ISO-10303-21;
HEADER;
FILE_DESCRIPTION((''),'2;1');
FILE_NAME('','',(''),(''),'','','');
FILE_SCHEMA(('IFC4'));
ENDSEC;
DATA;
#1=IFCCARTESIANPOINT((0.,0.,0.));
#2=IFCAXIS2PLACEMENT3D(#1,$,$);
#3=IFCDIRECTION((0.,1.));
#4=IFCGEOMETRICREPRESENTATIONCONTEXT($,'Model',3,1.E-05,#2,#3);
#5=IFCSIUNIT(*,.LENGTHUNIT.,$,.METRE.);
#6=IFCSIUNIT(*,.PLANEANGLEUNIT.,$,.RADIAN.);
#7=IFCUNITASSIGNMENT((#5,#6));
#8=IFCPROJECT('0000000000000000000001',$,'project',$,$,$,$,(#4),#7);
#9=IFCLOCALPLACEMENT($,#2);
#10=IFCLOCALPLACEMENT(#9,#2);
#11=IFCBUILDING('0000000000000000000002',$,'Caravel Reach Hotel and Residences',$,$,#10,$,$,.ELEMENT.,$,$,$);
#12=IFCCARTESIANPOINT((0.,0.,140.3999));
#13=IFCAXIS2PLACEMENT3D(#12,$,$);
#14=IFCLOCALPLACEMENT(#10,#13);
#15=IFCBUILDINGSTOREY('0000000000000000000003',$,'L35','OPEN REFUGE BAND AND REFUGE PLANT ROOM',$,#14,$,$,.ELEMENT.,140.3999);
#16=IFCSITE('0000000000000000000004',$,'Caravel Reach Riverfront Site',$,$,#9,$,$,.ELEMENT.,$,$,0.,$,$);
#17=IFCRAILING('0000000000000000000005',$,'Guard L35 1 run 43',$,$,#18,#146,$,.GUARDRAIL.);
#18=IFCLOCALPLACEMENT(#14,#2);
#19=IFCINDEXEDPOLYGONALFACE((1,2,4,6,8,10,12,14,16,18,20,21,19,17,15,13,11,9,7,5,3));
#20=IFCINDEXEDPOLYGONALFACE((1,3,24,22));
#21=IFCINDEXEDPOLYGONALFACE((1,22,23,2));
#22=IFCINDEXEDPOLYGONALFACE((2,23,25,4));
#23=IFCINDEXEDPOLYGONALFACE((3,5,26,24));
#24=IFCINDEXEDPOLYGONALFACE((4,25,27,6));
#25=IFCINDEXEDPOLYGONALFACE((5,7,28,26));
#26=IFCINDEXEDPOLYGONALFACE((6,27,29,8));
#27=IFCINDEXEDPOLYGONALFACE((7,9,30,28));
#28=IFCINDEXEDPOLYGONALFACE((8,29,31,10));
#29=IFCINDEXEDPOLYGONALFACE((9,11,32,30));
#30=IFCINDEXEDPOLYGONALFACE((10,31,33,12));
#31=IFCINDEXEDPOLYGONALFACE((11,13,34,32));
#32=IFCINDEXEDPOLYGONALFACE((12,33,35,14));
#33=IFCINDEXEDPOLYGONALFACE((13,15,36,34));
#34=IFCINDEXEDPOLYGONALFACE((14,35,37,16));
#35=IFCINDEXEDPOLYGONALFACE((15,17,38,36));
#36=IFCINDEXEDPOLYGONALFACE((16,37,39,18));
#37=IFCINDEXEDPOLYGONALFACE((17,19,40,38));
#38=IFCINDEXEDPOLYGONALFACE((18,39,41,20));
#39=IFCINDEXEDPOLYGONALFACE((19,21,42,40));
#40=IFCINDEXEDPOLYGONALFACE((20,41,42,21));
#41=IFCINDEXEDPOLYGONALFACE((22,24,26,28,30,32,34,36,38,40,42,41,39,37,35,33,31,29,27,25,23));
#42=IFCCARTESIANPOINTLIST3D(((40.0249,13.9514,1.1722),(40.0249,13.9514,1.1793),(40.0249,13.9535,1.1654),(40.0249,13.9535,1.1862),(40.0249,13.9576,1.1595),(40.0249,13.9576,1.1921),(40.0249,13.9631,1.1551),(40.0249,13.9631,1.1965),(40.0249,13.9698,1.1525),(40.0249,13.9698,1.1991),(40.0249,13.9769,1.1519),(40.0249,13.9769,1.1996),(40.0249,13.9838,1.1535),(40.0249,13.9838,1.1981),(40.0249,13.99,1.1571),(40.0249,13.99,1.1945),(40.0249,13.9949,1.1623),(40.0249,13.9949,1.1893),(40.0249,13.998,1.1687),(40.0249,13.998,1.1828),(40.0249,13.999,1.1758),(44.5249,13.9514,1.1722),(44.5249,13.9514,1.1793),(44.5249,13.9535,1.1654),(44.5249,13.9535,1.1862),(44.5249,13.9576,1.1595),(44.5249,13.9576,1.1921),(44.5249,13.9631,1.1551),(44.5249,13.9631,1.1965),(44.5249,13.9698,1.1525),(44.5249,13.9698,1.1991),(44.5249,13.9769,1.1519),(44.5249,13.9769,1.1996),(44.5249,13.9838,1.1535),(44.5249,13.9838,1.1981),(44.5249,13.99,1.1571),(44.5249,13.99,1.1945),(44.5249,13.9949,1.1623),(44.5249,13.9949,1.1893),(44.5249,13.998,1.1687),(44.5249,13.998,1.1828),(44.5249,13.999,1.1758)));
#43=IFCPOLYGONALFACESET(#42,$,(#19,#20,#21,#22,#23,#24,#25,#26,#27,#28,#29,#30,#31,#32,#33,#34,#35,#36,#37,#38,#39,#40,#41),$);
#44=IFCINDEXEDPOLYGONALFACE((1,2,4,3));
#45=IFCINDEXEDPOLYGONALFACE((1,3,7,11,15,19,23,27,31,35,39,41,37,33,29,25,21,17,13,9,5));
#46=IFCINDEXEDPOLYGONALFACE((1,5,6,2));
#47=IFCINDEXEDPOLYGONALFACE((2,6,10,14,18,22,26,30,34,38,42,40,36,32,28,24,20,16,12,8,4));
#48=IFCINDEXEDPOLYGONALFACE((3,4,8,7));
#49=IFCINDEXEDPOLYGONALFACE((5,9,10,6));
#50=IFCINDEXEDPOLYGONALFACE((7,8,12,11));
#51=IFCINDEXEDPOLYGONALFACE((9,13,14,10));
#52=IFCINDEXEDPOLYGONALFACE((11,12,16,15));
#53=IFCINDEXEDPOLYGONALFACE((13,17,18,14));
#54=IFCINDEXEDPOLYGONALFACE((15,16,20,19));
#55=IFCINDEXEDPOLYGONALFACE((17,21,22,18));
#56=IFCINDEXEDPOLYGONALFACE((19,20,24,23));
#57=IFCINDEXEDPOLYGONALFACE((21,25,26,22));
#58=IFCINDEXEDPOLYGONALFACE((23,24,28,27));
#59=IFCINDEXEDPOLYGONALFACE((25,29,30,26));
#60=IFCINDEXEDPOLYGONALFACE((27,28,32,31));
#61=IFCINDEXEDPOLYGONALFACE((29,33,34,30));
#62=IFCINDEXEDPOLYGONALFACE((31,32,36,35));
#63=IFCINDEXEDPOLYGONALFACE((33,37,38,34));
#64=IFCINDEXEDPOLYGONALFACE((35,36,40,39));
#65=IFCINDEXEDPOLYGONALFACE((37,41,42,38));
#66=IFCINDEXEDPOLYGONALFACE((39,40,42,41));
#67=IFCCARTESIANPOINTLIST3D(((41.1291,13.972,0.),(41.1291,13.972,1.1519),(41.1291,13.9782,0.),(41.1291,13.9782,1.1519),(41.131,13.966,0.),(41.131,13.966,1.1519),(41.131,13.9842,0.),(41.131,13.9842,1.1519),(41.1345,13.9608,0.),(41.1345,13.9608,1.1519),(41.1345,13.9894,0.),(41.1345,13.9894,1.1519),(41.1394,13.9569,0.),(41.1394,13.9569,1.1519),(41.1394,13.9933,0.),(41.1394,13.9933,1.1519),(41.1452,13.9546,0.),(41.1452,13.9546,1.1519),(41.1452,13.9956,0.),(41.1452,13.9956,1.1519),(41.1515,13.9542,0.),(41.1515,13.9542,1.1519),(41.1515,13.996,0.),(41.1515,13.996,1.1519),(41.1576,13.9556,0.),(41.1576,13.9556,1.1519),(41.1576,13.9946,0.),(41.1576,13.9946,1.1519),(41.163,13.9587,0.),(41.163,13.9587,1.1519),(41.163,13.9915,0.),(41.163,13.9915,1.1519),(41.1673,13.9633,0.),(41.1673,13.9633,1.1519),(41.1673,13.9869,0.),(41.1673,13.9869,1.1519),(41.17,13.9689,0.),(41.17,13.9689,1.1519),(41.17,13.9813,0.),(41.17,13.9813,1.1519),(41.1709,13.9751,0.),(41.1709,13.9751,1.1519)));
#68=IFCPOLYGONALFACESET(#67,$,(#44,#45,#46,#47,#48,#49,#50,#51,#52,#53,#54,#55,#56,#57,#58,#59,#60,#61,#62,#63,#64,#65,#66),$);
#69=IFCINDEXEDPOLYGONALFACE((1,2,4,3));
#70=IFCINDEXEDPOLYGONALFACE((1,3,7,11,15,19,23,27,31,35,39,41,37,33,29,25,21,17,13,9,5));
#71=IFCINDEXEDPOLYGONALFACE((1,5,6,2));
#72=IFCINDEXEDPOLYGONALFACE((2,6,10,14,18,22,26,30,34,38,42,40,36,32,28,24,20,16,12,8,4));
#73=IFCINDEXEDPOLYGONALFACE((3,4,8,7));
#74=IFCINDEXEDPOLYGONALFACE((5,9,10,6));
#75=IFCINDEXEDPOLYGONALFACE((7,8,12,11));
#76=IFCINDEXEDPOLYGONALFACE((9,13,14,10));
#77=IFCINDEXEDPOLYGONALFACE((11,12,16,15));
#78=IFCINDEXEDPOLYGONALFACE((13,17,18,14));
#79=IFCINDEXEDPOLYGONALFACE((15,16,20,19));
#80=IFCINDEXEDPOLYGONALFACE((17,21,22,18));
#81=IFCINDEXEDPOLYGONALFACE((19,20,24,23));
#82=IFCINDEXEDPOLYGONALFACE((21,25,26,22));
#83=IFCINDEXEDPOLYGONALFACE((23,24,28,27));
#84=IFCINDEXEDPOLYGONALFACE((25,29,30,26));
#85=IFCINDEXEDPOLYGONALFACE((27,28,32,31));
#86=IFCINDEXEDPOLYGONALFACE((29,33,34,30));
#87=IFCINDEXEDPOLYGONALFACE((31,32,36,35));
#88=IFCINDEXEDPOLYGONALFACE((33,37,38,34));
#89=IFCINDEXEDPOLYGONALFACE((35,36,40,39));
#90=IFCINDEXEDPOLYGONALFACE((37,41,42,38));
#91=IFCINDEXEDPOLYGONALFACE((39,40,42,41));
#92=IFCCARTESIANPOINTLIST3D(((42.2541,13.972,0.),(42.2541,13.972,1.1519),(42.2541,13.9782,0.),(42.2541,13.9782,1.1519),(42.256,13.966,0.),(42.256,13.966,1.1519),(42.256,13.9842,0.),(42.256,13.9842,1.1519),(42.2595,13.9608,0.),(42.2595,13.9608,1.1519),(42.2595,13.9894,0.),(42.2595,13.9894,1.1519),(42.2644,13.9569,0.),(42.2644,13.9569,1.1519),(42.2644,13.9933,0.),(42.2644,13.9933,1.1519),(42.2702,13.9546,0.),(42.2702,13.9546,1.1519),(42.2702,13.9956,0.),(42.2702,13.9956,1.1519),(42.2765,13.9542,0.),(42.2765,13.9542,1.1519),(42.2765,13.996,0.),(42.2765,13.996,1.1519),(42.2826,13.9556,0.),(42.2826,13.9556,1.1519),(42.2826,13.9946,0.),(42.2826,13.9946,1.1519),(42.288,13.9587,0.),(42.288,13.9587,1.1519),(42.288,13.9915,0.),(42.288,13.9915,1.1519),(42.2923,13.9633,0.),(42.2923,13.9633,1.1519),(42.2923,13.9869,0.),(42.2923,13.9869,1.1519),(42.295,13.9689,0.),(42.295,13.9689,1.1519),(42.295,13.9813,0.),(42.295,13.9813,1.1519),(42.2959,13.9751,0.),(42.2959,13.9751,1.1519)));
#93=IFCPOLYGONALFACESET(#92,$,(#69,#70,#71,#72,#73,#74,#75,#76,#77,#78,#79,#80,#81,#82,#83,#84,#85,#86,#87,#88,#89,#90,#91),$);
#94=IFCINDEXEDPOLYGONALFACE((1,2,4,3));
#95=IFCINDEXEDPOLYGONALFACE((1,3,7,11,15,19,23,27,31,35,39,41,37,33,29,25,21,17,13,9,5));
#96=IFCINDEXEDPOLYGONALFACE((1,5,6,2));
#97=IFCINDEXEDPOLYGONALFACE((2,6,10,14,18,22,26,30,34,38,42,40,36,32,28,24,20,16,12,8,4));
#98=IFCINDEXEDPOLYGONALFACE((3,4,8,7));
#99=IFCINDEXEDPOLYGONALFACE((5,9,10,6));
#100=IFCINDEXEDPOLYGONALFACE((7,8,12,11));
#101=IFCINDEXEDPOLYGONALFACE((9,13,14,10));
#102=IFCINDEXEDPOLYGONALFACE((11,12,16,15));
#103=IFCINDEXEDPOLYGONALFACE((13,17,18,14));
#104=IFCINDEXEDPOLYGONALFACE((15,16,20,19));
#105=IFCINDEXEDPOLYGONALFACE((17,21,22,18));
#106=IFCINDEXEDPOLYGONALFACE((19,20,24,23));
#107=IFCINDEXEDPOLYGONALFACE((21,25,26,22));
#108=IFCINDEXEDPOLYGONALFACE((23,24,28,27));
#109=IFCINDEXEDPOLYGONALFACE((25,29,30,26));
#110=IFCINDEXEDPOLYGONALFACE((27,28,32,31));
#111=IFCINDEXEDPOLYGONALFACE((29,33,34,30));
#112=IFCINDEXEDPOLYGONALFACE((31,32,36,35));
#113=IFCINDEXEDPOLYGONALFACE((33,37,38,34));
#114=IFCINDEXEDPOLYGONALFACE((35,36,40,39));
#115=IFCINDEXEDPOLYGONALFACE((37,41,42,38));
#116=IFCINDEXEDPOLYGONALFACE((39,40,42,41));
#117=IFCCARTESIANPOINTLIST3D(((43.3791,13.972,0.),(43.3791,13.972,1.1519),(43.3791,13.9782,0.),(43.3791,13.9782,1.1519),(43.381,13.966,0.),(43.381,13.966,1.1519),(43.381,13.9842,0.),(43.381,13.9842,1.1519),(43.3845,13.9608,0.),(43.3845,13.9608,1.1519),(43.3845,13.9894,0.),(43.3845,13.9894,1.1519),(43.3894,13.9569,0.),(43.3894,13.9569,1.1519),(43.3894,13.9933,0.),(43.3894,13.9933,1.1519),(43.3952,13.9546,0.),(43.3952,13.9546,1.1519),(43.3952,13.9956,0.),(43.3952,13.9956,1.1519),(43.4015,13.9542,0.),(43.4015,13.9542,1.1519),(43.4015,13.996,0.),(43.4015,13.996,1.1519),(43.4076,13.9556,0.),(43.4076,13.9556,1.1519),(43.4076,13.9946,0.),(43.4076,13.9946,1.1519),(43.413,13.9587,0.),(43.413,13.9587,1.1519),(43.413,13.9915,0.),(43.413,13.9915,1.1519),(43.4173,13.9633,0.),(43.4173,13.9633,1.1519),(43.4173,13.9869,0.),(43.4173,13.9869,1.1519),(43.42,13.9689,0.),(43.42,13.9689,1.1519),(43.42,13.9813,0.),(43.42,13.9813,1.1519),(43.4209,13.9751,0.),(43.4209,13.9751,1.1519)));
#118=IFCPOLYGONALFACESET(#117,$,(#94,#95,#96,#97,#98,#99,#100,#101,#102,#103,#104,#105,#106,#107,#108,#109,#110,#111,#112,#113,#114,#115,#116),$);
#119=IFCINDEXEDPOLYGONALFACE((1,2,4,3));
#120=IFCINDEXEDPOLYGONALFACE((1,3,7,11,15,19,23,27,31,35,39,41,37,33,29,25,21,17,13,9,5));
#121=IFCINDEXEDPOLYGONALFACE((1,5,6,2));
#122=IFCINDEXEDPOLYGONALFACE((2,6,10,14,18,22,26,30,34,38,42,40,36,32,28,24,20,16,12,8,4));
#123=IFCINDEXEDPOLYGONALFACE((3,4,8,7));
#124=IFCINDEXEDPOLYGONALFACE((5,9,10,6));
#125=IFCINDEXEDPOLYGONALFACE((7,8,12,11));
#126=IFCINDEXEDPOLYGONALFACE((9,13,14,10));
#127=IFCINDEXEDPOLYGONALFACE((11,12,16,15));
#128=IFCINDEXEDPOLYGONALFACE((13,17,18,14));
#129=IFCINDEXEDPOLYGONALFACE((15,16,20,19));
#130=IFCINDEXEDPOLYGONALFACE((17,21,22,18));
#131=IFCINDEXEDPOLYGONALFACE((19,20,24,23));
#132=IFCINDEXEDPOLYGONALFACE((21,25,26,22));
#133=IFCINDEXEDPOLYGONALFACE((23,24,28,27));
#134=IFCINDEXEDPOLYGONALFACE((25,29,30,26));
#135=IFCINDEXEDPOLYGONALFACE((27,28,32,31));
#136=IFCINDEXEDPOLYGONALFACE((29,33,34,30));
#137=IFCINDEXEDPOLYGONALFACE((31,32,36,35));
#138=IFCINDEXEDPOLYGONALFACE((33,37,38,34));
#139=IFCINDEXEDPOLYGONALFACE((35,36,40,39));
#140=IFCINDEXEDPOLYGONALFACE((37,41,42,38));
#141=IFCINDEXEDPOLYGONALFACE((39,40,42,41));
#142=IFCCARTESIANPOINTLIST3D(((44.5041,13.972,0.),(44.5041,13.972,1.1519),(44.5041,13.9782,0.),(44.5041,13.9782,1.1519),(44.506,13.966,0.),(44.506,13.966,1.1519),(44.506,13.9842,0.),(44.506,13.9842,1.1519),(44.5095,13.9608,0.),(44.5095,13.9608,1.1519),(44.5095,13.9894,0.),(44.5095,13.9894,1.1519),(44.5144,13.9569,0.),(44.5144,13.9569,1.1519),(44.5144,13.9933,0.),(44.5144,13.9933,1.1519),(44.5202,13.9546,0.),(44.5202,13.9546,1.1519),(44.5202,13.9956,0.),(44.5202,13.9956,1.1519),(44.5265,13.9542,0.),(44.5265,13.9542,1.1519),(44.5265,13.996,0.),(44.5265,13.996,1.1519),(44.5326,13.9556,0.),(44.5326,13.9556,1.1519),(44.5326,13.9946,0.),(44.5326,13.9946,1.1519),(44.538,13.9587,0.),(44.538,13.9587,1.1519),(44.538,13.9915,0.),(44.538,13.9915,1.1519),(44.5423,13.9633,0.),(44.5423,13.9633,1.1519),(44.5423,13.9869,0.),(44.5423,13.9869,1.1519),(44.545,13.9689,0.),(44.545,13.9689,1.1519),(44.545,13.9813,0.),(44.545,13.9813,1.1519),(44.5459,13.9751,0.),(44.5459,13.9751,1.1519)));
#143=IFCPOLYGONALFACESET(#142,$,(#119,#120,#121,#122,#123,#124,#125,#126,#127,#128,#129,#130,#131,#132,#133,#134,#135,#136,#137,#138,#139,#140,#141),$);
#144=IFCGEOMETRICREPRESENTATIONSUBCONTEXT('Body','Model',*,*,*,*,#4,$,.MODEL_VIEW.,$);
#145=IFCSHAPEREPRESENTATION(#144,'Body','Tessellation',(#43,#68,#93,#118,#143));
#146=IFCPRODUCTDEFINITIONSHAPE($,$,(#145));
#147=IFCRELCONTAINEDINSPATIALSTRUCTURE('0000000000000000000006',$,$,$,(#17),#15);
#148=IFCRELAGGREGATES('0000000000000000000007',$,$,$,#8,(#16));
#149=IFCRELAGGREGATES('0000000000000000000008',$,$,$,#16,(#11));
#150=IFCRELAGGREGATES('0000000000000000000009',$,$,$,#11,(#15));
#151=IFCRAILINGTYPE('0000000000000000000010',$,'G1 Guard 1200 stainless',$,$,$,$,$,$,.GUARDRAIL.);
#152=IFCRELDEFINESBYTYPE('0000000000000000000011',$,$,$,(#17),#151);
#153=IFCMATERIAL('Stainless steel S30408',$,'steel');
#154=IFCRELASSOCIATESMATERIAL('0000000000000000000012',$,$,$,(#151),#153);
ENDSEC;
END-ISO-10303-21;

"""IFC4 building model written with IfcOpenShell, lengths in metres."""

from ifc_helpers import new_model, si_unit, direction, frame, origin, origin_2d, place, context, subcontext, project, spatial, circle, extrude, material, type_object, element, save


model = new_model("IFC4")

# Units and contexts
model_context = context("Model", 3, precision=1e-05, world=origin(), true_north=direction((0.0, 1.0)))
body_context = subcontext(model_context, "Body", "Model", "MODEL_VIEW")
ifc_project = project(units=[si_unit("LENGTHUNIT", "METRE"), si_unit("PLANEANGLEUNIT", "RADIAN")], contexts=[model_context])

# Site, building, storey
site_placement = place(None, origin())
site = spatial("IfcSite", under=ifc_project, at=site_placement, Name="Caravel Reach Riverfront Site", CompositionType="ELEMENT", RefElevation=0.0)
building_placement = place(site_placement, origin())
building = spatial("IfcBuilding", under=site, at=building_placement, Name="Caravel Reach Hotel and Residences", CompositionType="ELEMENT")
storey_placement = place(building_placement, frame((0.0, 0.0, 140.3999)))
storey = spatial("IfcBuildingStorey", under=building, at=storey_placement, Name="L35", Description="OPEN REFUGE BAND AND REFUGE PLANT ROOM", CompositionType="ELEMENT", Elevation=140.3999)

# Railing
ifc_material_1 = material(Name="Stainless steel S30408", Category="steel")
railing_type = type_object("IfcRailingType", Name="G1 Guard 1200 stainless", PredefinedType="GUARDRAIL", material=ifc_material_1)
railing_placement = place(storey_placement, frame((40.0249, 13.9751, 0.0)))
element("IfcRailing", 1, at=railing_placement, inside=storey, type_object=railing_type, Name="Guard L35 1 run 43", PredefinedType="GUARDRAIL", context=body_context, shape_type="SweptSolid", body=[
    extrude(circle(Radius=0.0239, at=origin_2d()), frame((0.0, 0.0, 1.1758), z_axis=(1.0, 0.0, 0.0), x_axis=(0.0, 1.0, 0.0)), (0.0, 0.0, 1.0), 4.5),
    extrude(circle(Radius=0.021, at=origin_2d()), frame((1.125, 0.0, 0.0)), (0.0, 0.0, 1.0), 1.1519),
    extrude(circle(Radius=0.021, at=origin_2d()), frame((2.25, 0.0, 0.0)), (0.0, 0.0, 1.0), 1.1519),
    extrude(circle(Radius=0.021, at=origin_2d()), frame((3.375, 0.0, 0.0)), (0.0, 0.0, 1.0), 1.1519),
    extrude(circle(Radius=0.021, at=origin_2d()), frame((4.5, 0.0, 0.0)), (0.0, 0.0, 1.0), 1.1519),
])

save(model, "model.ifc")
